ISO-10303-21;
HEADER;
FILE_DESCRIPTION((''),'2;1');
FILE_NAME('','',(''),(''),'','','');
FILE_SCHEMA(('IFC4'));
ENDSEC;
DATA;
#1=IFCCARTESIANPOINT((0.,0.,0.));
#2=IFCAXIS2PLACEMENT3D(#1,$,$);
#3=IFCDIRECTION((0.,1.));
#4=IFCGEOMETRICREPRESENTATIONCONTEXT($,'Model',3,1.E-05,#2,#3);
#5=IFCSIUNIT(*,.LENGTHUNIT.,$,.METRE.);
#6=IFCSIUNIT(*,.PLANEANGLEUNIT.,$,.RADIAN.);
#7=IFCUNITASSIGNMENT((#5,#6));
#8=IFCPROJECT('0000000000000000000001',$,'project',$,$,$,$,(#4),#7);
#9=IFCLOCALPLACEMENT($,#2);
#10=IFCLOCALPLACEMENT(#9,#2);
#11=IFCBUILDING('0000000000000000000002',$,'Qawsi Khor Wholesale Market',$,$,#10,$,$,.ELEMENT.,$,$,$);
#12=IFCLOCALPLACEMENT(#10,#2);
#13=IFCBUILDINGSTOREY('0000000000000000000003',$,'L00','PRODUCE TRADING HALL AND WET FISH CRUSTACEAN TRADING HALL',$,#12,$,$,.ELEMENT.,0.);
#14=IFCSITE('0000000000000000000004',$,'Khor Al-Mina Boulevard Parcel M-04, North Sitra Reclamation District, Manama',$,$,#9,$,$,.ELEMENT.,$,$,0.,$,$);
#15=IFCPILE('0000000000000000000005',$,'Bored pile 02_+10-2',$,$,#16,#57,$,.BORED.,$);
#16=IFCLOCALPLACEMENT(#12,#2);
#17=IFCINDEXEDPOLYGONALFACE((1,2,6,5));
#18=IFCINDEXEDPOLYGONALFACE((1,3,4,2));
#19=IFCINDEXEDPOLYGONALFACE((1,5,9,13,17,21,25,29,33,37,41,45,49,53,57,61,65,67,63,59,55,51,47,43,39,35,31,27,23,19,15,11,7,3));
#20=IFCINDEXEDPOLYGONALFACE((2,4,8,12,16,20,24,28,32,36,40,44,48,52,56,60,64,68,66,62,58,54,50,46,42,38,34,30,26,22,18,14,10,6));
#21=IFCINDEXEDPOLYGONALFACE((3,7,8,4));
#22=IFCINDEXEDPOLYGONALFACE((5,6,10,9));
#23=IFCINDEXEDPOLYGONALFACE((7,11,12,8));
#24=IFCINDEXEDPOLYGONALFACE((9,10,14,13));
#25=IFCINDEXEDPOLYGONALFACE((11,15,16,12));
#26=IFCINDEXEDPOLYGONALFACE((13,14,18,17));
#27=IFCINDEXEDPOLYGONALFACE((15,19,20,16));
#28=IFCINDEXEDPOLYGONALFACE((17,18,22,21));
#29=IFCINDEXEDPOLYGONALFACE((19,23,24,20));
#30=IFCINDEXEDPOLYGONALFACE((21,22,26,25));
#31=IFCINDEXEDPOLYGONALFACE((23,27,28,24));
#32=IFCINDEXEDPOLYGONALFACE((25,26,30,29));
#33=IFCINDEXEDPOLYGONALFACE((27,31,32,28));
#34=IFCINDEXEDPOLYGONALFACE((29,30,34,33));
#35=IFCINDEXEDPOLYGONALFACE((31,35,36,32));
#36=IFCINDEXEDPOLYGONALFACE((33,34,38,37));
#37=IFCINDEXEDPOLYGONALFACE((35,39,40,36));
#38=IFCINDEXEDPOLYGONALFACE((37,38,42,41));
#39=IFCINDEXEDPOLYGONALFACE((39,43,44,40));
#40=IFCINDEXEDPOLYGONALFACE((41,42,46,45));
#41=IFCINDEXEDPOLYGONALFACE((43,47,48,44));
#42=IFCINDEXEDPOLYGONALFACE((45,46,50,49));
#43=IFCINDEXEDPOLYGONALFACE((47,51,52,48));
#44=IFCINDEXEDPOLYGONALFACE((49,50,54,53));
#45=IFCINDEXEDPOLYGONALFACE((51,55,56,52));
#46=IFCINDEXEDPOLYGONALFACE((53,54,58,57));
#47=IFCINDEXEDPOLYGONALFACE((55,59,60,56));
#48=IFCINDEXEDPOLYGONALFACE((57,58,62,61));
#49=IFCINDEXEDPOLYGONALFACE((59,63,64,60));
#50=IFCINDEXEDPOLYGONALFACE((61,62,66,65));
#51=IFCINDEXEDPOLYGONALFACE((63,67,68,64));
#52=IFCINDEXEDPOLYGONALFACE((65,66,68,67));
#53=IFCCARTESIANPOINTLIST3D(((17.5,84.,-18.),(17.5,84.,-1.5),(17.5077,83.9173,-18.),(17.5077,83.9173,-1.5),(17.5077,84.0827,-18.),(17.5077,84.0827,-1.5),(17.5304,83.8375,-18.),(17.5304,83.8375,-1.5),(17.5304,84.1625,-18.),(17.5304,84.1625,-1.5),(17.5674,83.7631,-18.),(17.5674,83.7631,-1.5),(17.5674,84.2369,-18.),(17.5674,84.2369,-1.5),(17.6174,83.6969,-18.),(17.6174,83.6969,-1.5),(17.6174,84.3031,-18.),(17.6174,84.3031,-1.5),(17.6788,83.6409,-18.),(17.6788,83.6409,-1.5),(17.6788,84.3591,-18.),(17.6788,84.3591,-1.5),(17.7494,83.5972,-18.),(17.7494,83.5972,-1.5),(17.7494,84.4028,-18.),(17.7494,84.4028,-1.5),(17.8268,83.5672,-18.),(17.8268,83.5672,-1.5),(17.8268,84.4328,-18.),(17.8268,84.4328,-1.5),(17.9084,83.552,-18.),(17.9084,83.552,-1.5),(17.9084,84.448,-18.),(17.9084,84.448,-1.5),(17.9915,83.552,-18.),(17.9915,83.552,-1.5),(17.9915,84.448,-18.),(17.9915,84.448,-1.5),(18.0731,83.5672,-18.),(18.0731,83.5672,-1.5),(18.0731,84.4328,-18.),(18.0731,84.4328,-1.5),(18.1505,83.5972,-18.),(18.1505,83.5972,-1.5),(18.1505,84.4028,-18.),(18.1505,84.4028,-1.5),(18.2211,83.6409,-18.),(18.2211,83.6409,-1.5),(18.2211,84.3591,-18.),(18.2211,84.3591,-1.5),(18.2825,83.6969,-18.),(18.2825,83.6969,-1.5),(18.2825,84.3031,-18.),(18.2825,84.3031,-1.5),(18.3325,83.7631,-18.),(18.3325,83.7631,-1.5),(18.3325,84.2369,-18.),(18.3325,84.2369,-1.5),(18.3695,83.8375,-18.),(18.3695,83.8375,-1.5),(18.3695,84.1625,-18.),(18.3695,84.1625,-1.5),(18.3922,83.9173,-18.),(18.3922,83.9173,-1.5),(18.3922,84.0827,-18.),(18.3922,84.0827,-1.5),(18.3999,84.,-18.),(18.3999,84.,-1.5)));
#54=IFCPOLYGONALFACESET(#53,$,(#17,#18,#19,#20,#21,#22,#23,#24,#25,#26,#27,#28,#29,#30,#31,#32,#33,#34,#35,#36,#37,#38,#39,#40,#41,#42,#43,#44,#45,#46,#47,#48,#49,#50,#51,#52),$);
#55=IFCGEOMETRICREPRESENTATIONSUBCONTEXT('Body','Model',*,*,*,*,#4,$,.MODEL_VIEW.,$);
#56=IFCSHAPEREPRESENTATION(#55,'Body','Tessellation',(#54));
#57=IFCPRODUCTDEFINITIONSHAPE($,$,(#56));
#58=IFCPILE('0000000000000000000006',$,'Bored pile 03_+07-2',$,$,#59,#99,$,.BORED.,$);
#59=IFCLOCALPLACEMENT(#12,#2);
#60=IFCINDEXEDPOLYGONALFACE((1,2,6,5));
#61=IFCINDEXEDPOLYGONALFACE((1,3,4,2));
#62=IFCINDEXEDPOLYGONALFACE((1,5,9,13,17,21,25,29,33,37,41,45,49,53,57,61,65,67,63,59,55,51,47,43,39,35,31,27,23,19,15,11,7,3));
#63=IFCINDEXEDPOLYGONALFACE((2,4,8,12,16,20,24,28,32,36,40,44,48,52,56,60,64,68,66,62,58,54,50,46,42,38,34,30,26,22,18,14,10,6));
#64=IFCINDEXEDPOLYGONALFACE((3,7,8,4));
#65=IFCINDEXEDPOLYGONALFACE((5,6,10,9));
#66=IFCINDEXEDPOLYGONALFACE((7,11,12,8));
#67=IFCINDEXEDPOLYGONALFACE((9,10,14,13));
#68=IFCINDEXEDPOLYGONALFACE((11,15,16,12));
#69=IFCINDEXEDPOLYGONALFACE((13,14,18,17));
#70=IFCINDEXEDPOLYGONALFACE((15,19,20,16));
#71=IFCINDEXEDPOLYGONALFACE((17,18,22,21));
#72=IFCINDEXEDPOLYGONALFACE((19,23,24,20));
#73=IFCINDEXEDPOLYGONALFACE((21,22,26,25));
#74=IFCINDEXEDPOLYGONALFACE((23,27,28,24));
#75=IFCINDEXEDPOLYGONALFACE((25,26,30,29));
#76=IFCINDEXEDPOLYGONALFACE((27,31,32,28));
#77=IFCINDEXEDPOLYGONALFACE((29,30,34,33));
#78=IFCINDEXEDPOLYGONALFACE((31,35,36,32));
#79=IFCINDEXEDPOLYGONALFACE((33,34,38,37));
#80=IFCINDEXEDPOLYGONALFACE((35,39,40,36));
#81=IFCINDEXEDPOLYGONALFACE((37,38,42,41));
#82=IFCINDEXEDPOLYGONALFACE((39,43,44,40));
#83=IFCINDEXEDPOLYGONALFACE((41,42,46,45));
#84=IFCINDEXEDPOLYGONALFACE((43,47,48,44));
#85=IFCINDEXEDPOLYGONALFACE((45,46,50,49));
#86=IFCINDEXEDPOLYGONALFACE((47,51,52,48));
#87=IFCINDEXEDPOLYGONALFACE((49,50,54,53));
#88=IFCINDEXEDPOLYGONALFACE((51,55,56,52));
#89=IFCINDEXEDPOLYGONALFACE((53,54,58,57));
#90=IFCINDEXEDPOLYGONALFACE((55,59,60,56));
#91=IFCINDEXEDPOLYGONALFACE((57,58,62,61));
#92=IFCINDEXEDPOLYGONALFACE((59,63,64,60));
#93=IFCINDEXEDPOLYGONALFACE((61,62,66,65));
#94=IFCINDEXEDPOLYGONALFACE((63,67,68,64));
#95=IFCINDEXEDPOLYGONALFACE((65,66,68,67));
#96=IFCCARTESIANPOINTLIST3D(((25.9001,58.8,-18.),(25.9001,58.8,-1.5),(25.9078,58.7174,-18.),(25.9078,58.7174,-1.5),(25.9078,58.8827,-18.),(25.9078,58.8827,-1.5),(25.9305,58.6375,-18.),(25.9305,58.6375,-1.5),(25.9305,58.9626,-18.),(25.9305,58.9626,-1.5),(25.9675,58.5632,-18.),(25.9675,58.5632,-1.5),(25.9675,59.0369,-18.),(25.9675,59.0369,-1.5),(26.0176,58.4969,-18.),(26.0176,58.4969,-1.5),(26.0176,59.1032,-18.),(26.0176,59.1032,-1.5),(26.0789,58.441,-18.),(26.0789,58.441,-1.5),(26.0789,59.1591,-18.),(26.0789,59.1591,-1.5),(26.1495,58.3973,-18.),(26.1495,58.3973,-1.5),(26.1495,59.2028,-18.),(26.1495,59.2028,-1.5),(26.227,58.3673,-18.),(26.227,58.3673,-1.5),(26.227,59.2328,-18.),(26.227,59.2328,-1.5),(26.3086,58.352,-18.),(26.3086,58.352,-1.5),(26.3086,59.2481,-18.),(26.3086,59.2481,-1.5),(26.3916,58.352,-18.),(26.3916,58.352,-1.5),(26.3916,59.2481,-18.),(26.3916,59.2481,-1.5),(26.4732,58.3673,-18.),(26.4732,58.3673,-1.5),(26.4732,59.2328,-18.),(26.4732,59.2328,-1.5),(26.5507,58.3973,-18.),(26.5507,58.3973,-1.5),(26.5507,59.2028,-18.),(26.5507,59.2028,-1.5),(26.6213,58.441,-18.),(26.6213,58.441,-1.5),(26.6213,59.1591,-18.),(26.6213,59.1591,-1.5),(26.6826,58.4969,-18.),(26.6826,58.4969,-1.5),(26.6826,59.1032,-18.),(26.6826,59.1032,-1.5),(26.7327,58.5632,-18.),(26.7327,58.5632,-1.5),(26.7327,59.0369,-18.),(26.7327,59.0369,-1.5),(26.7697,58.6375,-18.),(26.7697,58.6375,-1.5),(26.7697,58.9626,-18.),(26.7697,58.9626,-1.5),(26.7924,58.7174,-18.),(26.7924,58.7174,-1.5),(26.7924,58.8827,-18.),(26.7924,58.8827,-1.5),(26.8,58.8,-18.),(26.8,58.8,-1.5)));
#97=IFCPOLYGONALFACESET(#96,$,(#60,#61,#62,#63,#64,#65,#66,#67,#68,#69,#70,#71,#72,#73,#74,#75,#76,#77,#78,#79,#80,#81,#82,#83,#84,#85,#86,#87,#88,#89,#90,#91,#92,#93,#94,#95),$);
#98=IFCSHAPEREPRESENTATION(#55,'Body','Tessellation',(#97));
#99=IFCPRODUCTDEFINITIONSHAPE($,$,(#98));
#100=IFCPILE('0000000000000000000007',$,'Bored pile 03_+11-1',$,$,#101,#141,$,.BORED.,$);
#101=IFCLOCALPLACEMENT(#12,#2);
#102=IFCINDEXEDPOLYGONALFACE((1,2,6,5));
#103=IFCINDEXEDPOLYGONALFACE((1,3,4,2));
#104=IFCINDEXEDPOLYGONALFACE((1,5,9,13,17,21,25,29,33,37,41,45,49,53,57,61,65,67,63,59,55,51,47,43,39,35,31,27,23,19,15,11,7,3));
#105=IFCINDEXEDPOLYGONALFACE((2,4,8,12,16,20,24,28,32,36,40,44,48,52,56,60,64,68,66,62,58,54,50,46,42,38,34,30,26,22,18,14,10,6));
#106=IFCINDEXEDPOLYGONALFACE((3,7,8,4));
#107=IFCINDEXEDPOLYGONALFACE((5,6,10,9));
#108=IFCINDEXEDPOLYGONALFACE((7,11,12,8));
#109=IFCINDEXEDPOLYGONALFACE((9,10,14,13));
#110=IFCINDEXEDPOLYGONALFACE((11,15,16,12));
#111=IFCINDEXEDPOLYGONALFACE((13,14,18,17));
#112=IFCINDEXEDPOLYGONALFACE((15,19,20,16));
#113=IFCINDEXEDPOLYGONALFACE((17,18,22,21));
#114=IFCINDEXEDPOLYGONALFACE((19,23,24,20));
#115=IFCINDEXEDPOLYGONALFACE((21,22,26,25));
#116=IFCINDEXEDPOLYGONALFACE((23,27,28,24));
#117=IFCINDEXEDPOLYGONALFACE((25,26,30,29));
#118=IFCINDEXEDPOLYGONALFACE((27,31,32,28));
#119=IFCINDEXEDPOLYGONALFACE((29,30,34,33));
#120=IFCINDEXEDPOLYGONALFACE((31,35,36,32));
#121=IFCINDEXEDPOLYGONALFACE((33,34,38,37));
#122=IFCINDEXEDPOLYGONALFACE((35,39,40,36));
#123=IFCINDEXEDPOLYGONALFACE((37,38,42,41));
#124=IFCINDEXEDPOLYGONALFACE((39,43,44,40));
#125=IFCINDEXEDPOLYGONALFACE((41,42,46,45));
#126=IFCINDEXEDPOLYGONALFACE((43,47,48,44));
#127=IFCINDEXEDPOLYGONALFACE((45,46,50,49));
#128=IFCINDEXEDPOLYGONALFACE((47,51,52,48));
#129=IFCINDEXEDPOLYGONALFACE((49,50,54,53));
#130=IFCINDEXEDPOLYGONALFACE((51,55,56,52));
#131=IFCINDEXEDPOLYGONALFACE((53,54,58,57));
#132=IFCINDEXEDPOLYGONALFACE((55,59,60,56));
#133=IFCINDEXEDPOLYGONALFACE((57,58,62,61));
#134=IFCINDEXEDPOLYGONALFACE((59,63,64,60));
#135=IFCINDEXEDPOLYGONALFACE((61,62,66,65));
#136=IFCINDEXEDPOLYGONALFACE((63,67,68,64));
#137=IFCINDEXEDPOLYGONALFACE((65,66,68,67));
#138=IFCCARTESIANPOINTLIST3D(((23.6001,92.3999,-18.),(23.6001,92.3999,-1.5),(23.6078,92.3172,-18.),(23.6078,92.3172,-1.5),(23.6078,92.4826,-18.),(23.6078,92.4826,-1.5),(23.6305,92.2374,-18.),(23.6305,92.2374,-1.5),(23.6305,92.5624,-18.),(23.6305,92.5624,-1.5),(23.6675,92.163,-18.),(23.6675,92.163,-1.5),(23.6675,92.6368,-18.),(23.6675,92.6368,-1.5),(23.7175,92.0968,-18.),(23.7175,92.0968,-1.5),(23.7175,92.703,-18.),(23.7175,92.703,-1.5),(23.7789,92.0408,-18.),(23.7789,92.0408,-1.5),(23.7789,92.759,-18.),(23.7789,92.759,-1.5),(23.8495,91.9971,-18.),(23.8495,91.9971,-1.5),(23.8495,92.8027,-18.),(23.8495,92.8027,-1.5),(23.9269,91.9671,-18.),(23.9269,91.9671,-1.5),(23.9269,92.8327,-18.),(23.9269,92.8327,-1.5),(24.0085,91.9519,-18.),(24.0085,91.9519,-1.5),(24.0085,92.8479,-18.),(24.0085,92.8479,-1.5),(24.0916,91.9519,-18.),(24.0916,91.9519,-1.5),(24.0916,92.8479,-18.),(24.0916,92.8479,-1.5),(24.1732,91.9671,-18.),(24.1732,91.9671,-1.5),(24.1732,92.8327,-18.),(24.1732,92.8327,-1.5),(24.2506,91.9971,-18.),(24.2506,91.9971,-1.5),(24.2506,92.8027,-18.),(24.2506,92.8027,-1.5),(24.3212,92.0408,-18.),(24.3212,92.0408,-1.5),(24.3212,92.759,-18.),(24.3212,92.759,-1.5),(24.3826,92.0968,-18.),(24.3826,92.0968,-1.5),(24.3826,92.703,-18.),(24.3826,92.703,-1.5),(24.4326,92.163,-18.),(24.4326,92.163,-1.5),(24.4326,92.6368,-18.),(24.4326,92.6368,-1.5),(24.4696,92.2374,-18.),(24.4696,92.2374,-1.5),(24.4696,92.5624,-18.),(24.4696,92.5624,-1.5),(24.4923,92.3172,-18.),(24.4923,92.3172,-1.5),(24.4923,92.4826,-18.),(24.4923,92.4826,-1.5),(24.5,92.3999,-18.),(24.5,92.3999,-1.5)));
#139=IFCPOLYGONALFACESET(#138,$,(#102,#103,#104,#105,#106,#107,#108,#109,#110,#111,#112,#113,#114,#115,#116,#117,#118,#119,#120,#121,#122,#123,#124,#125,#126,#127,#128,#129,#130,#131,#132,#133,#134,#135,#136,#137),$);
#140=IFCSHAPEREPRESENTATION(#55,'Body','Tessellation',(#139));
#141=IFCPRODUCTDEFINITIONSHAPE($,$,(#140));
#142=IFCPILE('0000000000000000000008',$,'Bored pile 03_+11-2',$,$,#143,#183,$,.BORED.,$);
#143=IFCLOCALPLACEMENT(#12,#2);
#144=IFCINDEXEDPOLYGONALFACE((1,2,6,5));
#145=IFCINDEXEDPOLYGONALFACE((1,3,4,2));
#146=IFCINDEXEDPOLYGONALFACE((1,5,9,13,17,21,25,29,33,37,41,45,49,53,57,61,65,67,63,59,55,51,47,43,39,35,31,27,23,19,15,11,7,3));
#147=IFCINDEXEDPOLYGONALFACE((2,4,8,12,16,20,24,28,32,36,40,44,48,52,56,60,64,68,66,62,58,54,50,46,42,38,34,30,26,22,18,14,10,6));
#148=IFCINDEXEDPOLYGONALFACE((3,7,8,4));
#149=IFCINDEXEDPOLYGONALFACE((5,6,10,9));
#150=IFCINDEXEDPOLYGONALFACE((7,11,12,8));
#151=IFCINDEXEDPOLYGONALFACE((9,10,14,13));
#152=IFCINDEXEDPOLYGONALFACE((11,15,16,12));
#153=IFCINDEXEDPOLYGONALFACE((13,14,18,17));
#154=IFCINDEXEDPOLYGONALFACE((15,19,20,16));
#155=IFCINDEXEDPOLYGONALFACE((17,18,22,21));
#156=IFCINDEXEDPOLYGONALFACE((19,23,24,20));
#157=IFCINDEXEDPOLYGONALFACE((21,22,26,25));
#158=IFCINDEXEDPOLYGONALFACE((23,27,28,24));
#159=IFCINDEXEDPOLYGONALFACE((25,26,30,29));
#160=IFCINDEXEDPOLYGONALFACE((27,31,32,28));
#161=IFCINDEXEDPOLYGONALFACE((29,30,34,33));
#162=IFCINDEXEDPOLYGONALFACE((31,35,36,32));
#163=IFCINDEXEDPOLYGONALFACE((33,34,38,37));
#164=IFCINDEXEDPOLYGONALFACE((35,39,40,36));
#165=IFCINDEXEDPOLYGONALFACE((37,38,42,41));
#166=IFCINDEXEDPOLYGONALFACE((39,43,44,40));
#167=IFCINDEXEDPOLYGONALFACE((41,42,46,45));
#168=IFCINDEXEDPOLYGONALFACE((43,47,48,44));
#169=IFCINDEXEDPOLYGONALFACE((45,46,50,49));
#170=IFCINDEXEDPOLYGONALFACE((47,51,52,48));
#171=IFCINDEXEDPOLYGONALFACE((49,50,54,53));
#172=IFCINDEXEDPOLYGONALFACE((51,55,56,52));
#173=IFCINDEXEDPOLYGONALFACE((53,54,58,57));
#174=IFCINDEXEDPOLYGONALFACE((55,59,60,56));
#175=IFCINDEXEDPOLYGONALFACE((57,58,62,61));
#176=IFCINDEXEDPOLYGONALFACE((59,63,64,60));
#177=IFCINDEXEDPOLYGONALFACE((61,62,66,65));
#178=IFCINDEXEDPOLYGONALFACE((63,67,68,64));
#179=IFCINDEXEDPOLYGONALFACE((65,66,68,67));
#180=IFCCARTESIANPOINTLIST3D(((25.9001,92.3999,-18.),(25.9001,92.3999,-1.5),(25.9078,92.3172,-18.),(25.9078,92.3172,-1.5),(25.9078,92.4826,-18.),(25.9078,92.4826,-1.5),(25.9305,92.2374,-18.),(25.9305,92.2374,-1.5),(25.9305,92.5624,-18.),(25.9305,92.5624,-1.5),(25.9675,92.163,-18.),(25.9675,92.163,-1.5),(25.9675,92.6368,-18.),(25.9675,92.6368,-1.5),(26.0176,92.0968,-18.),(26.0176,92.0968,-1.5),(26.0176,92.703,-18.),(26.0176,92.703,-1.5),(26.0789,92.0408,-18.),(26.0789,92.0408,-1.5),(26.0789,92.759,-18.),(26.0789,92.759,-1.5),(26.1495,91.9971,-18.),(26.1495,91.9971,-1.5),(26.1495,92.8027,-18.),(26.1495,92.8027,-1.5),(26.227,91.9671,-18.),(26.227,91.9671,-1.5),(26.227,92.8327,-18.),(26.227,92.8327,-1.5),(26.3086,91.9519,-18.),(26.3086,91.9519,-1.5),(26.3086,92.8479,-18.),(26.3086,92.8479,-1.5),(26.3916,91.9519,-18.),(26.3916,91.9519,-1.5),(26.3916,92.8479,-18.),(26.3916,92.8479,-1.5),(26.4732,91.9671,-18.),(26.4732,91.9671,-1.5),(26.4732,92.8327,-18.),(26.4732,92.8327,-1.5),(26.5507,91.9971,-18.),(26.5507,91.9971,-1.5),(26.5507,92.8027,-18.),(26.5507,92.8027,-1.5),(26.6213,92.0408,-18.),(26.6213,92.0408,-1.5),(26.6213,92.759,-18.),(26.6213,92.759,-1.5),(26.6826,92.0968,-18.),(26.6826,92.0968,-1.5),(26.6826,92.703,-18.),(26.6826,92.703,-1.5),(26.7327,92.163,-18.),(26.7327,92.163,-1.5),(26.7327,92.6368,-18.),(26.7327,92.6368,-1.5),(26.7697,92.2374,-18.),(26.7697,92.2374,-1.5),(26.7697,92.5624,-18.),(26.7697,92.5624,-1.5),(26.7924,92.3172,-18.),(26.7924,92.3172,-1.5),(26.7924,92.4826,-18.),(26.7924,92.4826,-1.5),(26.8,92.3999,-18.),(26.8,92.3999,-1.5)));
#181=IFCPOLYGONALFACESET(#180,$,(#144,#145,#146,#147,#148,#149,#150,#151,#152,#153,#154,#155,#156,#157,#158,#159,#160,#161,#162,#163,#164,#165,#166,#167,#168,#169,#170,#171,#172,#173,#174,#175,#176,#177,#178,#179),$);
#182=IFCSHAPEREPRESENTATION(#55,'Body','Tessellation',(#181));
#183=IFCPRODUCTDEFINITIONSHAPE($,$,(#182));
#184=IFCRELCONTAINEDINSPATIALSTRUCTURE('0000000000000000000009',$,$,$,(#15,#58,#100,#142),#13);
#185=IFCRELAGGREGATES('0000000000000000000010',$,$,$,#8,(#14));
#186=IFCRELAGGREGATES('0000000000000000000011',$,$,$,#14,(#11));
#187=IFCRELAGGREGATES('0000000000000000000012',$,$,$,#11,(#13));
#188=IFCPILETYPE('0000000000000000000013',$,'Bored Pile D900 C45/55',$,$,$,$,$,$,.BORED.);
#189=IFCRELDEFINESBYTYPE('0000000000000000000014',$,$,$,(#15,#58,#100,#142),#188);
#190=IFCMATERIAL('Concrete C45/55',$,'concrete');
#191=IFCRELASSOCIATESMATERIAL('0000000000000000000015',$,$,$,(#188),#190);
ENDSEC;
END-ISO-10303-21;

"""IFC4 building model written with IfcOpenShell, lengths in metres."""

from ifc_helpers import new_model, si_unit, direction, frame, origin, origin_2d, place, context, subcontext, project, spatial, circle, extrude, material, material_profile, profile_set, type_object, element, save


model = new_model("IFC4")

# Units and contexts
model_context = context("Model", 3, precision=1e-05, world=origin(), true_north=direction((0.0, 1.0)))
body_context = subcontext(model_context, "Body", "Model", "MODEL_VIEW")
ifc_project = project(units=[si_unit("LENGTHUNIT", "METRE"), si_unit("PLANEANGLEUNIT", "RADIAN")], contexts=[model_context])

# Site, building, storey
site_placement = place(None, origin())
site = spatial("IfcSite", under=ifc_project, at=site_placement, Name="Khor Al-Mina Boulevard Parcel M-04, North Sitra Reclamation District, Manama", CompositionType="ELEMENT", RefElevation=0.0)
building_placement = place(site_placement, origin())
building = spatial("IfcBuilding", under=site, at=building_placement, Name="Qawsi Khor Wholesale Market", CompositionType="ELEMENT")
storey_placement = place(building_placement, origin())
storey = spatial("IfcBuildingStorey", under=building, at=storey_placement, Name="L00", Description="PRODUCE TRADING HALL AND WET FISH CRUSTACEAN TRADING HALL", CompositionType="ELEMENT", Elevation=0.0)

# Piles
ifc_material_1 = material(Name="Concrete C45/55", Category="concrete")
ifc_material_profile_1 = material_profile(ifc_material_1, circle(Radius=0.45, at=origin_2d()), Name="PILE D900")
ifc_profile_set_1 = profile_set([ifc_material_profile_1], Name="Concrete C45/55")
pile_type_1 = type_object("IfcPileType", Name="Bored Pile D900 C45/55", PredefinedType="BORED", material=ifc_profile_set_1)
for number, where, z_axis, x_axis, name in (
    (1, (17.95, 84.0, -1.5), (0.0, 0.0, -1.0), (1.0, 0.0, 0.0), "Bored pile 02_+10-2"),
    (2, (26.3501, 58.8, -1.5), (0.0, 0.0, -1.0), (1.0, 0.0, 0.0), "Bored pile 03_+07-2"),
    (3, (24.05, 92.3999, -1.5), (0.0, 0.0, -1.0), (1.0, 0.0, 0.0), "Bored pile 03_+11-1"),
    (4, (26.3501, 92.3999, -1.5), (0.0, 0.0, -1.0), (1.0, 0.0, 0.0), "Bored pile 03_+11-2"),
):
    element("IfcPile", number, at=place(storey_placement, frame(where, z_axis=z_axis, x_axis=x_axis)), inside=storey, type_object=pile_type_1, Name=name, PredefinedType="BORED", context=body_context, shape_type="SweptSolid", body=[
        extrude(circle(Radius=0.45, at=origin_2d()), origin(), (0.0, 0.0, 1.0), 16.5),
    ])

save(model, "model.ifc")
